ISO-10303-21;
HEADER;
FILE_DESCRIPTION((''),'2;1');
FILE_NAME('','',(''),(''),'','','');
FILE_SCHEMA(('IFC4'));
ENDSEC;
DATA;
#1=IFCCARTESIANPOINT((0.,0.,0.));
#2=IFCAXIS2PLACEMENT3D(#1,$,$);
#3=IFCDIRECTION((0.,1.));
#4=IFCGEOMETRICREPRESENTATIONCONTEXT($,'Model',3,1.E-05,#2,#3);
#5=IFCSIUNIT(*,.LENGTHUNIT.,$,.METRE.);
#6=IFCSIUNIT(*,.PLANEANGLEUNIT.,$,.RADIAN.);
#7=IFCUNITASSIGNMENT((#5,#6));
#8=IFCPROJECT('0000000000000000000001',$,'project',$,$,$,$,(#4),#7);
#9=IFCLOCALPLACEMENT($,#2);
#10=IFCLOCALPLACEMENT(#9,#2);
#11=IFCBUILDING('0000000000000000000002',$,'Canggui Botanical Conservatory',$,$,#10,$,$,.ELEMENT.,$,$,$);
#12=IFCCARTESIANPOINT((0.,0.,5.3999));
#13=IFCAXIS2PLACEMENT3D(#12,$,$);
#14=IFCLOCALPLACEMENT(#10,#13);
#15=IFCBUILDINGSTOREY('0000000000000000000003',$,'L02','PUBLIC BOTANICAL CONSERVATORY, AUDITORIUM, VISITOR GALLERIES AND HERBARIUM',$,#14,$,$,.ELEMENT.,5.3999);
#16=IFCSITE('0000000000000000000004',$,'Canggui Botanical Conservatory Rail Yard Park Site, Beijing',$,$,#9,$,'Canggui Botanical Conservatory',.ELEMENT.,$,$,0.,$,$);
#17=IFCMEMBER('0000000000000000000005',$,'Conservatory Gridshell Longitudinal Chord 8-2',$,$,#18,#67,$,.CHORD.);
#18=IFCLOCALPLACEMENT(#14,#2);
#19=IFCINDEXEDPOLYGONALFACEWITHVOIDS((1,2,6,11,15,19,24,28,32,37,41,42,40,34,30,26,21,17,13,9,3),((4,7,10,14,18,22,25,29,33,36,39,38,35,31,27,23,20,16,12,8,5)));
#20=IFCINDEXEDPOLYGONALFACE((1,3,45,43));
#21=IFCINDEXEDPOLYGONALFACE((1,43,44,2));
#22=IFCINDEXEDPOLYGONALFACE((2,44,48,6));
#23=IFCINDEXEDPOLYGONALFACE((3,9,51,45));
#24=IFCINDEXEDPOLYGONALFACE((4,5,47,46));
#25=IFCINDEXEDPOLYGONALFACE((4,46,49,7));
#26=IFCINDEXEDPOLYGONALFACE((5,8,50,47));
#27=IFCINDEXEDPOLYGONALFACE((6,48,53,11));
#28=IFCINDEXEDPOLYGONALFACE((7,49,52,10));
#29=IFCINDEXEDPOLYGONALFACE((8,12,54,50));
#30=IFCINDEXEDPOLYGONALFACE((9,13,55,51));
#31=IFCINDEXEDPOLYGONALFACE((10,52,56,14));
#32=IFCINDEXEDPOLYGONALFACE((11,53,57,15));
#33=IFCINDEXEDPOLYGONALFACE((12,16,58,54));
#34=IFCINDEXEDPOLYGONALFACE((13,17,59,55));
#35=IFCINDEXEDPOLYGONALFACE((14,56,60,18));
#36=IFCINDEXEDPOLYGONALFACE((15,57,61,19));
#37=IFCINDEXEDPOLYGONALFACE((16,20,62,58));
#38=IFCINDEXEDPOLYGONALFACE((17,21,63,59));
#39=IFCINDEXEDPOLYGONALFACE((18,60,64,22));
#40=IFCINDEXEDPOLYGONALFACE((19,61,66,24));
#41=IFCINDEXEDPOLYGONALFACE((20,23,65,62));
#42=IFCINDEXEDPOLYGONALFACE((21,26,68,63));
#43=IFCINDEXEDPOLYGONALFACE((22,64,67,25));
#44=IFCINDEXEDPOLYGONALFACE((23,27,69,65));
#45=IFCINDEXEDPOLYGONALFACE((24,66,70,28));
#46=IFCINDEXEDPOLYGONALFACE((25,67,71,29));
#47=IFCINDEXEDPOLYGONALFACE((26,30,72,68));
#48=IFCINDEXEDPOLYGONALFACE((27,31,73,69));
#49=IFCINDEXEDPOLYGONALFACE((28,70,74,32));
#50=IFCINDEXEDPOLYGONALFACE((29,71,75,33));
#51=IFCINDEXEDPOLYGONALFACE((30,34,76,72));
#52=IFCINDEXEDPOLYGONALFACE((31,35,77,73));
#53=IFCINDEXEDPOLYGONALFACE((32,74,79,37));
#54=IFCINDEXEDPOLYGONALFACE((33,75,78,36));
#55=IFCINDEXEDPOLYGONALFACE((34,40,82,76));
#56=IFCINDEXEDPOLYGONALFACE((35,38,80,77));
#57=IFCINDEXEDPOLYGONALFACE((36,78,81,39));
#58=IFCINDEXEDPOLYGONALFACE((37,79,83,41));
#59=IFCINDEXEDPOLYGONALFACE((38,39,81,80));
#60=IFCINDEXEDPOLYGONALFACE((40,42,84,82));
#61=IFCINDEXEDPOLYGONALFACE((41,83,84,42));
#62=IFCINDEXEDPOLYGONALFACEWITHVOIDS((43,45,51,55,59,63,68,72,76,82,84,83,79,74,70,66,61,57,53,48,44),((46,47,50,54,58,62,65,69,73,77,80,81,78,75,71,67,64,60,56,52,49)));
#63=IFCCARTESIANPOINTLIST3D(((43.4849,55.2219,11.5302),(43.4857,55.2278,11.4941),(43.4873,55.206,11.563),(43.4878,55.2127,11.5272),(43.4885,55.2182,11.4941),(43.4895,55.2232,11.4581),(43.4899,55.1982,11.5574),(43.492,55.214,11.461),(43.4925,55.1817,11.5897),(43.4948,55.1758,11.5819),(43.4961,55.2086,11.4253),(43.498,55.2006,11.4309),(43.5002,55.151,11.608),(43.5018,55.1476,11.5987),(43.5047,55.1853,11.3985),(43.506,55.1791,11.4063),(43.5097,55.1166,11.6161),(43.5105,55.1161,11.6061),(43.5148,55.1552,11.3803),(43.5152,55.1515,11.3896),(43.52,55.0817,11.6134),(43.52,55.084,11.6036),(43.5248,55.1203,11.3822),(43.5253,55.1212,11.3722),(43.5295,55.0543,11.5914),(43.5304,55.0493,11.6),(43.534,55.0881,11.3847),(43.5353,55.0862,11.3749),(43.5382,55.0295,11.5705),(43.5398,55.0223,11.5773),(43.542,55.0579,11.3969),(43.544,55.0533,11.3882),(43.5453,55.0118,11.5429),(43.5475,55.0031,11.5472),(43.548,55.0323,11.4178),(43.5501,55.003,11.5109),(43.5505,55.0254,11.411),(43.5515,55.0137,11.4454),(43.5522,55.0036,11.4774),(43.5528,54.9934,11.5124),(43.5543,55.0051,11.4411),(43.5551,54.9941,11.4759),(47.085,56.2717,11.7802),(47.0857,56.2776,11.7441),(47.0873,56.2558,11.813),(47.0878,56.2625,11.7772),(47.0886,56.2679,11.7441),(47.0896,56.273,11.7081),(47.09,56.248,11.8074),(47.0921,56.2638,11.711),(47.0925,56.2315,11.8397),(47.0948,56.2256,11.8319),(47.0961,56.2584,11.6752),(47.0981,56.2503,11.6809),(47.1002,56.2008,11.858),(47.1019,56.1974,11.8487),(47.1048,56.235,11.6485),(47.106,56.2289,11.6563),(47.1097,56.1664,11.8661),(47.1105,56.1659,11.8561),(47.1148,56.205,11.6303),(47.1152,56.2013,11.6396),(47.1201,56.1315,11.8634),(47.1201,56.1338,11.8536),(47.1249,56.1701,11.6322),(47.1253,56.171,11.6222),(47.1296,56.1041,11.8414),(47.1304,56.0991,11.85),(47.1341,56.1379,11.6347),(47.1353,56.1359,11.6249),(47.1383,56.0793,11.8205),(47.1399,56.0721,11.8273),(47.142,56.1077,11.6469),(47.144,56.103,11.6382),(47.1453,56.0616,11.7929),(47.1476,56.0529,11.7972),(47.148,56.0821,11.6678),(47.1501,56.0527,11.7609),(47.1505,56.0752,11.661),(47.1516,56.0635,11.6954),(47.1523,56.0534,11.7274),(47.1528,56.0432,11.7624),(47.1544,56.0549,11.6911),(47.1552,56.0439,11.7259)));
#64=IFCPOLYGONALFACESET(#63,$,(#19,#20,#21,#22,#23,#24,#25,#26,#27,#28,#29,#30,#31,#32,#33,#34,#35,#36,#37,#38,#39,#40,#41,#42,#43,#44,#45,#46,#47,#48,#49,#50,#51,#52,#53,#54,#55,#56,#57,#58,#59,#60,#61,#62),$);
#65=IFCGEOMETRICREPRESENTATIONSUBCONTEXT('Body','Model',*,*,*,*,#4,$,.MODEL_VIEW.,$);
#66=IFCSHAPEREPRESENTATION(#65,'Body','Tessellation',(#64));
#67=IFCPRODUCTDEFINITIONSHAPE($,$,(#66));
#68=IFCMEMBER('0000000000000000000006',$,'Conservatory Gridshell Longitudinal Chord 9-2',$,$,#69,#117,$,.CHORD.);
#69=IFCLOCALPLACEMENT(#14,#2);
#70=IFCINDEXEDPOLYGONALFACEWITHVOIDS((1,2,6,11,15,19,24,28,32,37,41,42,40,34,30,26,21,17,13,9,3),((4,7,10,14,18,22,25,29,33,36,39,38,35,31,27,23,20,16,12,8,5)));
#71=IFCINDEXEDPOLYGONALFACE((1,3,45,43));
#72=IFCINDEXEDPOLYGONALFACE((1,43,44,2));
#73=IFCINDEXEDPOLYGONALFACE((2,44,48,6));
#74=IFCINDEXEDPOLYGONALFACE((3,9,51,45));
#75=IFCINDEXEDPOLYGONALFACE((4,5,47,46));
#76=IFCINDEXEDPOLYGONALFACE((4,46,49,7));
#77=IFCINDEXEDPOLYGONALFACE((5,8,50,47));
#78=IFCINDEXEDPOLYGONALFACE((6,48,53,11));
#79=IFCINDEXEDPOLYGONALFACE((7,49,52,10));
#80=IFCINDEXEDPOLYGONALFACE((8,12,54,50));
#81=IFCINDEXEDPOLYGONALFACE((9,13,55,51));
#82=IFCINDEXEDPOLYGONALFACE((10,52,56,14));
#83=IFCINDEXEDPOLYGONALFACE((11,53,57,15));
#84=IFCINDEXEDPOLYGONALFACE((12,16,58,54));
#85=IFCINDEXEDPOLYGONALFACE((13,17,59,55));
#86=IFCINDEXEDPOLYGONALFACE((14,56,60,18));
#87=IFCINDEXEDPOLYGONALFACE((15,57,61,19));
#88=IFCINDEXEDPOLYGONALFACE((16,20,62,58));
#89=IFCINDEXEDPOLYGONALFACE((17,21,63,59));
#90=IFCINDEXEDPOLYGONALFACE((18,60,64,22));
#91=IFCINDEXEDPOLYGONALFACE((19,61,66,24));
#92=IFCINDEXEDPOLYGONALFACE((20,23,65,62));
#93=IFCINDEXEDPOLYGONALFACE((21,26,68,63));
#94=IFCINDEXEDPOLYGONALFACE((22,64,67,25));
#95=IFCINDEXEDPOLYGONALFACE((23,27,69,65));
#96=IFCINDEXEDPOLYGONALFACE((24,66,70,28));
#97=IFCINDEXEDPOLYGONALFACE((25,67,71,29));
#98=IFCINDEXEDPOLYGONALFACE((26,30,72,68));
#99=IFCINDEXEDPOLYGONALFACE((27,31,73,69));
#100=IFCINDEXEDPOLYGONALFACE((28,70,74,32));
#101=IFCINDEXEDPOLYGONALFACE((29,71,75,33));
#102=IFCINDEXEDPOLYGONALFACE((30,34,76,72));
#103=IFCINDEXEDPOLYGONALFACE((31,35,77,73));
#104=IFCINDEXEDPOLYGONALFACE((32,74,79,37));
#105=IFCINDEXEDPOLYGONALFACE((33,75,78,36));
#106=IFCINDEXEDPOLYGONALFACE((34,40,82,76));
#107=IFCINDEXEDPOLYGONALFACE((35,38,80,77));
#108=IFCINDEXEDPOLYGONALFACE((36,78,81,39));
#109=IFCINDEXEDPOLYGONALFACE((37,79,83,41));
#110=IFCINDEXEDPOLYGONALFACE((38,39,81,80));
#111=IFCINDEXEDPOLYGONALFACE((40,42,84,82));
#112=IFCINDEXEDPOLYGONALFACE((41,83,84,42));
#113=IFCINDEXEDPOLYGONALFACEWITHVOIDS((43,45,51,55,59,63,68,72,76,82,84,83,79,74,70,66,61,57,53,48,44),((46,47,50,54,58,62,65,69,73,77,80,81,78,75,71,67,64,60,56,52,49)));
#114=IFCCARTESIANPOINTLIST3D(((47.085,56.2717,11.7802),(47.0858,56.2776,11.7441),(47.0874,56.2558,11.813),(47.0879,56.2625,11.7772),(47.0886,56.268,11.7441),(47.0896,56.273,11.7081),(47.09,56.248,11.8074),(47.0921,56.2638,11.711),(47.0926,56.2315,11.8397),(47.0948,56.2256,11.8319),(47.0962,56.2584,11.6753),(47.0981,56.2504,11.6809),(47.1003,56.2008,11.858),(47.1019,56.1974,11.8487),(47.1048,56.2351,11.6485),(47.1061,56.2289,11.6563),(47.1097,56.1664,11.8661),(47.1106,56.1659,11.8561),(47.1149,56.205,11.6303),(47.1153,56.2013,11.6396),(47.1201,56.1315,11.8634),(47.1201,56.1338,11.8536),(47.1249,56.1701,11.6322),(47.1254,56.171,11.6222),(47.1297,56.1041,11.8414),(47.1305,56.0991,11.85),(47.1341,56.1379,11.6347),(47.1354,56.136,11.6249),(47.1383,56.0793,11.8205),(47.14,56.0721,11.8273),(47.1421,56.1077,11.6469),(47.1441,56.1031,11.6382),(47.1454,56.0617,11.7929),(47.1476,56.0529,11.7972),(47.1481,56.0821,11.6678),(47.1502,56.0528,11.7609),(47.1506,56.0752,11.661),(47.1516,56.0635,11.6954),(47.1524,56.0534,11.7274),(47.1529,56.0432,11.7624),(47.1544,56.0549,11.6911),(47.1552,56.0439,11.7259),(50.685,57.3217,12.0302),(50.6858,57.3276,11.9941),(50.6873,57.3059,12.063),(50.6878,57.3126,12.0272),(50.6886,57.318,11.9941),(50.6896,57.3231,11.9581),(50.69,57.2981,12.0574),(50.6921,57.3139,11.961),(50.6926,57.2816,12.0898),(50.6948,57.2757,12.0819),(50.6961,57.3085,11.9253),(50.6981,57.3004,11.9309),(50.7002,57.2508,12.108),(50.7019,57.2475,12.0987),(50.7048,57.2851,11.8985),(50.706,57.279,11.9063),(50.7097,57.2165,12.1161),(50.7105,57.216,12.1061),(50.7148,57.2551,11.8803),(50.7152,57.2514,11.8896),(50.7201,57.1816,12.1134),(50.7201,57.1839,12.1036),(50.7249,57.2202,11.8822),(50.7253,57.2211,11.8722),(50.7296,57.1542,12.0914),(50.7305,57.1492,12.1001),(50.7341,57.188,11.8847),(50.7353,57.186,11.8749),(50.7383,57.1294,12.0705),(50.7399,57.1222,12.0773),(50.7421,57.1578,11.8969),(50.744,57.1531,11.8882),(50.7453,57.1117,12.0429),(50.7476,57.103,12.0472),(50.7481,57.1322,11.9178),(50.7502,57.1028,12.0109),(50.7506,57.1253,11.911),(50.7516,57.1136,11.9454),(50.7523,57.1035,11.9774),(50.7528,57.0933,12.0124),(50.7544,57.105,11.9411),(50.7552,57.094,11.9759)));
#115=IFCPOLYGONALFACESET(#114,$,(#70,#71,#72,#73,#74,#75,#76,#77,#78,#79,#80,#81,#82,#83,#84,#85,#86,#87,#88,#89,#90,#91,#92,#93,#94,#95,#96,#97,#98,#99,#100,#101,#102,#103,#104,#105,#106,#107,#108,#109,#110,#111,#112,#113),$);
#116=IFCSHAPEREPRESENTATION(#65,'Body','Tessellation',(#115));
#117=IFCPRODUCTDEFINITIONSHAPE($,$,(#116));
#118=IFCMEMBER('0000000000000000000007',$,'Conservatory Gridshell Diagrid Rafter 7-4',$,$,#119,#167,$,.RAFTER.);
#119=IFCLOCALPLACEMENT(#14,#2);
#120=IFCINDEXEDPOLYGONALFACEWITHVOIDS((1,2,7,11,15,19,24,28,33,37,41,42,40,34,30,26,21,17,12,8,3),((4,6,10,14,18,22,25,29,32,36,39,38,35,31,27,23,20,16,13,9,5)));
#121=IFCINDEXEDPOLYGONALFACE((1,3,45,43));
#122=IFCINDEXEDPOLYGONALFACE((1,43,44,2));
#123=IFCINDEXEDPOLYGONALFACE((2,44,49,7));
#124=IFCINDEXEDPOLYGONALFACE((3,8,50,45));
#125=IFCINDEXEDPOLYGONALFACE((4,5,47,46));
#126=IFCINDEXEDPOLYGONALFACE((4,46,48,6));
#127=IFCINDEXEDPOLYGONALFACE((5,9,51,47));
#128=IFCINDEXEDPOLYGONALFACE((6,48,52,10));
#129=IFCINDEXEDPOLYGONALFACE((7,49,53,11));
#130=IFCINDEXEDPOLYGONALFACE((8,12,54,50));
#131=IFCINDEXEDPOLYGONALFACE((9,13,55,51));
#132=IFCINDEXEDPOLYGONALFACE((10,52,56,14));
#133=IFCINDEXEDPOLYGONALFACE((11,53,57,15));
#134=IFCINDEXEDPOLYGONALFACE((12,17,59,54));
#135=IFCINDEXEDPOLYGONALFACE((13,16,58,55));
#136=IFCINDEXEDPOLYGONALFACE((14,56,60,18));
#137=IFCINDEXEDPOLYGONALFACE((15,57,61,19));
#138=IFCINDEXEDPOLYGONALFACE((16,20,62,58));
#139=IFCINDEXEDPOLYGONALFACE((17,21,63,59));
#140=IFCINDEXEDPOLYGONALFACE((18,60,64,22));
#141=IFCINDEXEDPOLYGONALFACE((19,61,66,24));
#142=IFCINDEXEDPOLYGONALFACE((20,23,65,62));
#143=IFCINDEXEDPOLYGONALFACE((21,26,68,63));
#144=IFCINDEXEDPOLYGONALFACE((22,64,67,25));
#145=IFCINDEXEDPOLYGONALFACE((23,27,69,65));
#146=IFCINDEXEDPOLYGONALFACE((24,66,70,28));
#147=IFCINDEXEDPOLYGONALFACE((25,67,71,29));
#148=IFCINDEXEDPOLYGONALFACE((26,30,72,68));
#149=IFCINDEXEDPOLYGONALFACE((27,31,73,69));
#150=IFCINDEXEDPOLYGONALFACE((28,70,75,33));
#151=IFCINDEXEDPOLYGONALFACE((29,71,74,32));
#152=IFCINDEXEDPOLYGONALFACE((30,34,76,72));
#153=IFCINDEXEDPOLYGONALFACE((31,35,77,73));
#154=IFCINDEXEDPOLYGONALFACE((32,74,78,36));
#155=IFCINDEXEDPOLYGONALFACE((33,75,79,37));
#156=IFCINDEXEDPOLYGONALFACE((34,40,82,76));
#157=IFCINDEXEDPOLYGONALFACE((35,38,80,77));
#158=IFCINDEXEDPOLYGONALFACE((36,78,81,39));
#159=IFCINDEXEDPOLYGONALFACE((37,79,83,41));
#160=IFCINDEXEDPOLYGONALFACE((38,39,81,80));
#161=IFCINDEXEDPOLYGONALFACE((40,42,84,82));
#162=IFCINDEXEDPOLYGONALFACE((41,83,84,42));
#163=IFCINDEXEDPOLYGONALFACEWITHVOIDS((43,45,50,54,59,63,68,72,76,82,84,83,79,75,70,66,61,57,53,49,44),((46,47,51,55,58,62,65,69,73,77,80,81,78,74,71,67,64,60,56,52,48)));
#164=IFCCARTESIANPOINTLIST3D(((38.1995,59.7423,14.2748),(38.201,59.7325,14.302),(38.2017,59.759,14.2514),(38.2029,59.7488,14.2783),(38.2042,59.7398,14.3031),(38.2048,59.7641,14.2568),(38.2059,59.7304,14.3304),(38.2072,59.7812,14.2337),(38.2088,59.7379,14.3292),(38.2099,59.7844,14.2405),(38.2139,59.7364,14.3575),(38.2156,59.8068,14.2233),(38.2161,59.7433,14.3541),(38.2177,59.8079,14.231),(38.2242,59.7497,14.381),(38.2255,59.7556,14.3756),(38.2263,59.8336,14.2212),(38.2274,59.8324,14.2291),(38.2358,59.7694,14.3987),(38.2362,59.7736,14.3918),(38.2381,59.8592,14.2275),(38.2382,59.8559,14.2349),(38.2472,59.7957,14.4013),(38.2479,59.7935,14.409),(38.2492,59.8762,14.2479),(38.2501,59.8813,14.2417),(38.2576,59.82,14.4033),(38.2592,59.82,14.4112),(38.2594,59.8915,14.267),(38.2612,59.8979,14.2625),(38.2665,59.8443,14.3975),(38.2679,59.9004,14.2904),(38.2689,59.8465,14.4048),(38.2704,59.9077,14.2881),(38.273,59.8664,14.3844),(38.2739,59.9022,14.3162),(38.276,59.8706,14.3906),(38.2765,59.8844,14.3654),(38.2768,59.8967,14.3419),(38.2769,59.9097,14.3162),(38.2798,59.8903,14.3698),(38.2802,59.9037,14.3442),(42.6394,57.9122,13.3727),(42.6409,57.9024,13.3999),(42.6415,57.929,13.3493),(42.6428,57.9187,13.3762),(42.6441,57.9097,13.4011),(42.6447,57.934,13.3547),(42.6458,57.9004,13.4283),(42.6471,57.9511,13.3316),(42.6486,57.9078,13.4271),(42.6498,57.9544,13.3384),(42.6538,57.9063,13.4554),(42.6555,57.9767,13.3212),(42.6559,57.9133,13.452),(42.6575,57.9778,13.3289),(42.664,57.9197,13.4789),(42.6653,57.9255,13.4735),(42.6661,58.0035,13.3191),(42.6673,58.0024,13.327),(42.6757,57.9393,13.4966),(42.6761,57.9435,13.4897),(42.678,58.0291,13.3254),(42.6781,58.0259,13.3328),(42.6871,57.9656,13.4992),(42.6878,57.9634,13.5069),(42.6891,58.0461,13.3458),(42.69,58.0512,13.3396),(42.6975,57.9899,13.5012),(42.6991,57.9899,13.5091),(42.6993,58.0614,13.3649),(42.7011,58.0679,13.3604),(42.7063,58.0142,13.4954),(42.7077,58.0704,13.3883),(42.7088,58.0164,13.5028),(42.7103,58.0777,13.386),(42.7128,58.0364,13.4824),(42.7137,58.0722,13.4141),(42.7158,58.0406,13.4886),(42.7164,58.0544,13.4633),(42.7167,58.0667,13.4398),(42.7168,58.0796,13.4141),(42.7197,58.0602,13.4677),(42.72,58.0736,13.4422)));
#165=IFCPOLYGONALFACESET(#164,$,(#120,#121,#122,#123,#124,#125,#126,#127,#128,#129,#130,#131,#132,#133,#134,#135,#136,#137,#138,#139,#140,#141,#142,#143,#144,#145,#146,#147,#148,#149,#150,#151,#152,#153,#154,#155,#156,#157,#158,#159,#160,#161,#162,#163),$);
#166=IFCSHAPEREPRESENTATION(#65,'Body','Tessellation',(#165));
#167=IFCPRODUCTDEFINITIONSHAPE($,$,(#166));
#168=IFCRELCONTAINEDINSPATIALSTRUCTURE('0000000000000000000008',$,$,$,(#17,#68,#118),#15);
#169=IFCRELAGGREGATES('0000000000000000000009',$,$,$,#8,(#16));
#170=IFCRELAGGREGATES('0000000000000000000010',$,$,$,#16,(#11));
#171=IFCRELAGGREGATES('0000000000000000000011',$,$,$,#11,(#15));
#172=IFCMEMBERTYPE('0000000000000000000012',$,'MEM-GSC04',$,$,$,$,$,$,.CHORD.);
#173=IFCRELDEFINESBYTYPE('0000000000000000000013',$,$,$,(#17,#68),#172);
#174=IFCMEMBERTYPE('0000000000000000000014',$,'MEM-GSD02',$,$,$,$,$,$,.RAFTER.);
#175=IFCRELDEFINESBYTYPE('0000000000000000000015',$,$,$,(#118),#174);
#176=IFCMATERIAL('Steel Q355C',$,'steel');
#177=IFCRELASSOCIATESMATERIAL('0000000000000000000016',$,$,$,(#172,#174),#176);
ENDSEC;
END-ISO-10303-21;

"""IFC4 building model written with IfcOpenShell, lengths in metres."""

from ifc_helpers import new_model, si_unit, direction, frame, origin, origin_2d, place, context, subcontext, project, spatial, hollow_circle, extrude, material, material_profile, profile_set, type_object, element, save


model = new_model("IFC4")

# Units and contexts
model_context = context("Model", 3, precision=1e-05, world=origin(), true_north=direction((0.0, 1.0)))
body_context = subcontext(model_context, "Body", "Model", "MODEL_VIEW")
ifc_project = project(units=[si_unit("LENGTHUNIT", "METRE"), si_unit("PLANEANGLEUNIT", "RADIAN")], contexts=[model_context])

# Site, building, storey
site_placement = place(None, origin())
site = spatial("IfcSite", under=ifc_project, at=site_placement, Name="Canggui Botanical Conservatory Rail Yard Park Site, Beijing", LongName="Canggui Botanical Conservatory", CompositionType="ELEMENT", RefElevation=0.0)
building_placement = place(site_placement, origin())
building = spatial("IfcBuilding", under=site, at=building_placement, Name="Canggui Botanical Conservatory", CompositionType="ELEMENT")
storey_placement = place(building_placement, frame((0.0, 0.0, 5.3999)))
storey = spatial("IfcBuildingStorey", under=building, at=storey_placement, Name="L02", Description="PUBLIC BOTANICAL CONSERVATORY, AUDITORIUM, VISITOR GALLERIES AND HERBARIUM", CompositionType="ELEMENT", Elevation=5.3999)

# Shared definitions
ifc_material_1 = material(Name="Steel Q355C", Category="steel")

# Members
ifc_material_profile_1 = material_profile(ifc_material_1, hollow_circle(Radius=0.1226, WallThickness=0.01, at=origin_2d()), Name="CHS 245x10")
ifc_profile_set_1 = profile_set([ifc_material_profile_1], Name="Steel Q355C")
member_type_1 = type_object("IfcMemberType", Name="MEM-GSC04", PredefinedType="CHORD", material=ifc_profile_set_1)
for number, where, z_axis, x_axis, name in (
    (1, (43.52, 55.1101, 11.4941), (0.95789, 0.279325, 0.066518), (-0.279945, 0.960016, 0.0), "Conservatory Gridshell Longitudinal Chord 8-2"),
    (2, (47.1201, 56.1599, 11.7441), (0.957867, 0.279402, 0.066521), (-0.280023, 0.959993, 0.0), "Conservatory Gridshell Longitudinal Chord 9-2"),
):
    element("IfcMember", number, at=place(storey_placement, frame(where, z_axis=z_axis, x_axis=x_axis)), inside=storey, type_object=member_type_1, Name=name, PredefinedType="CHORD", context=body_context, shape_type="SweptSolid", body=[
        extrude(hollow_circle(Radius=0.1226, WallThickness=0.01, at=origin_2d()), origin(), (0.0, 0.0, 1.0), 3.7583),
    ])
ifc_material_profile_2 = material_profile(ifc_material_1, hollow_circle(Radius=0.0969, WallThickness=0.0081, at=origin_2d()), Name="CHS 194x8")
ifc_profile_set_2 = profile_set([ifc_material_profile_2], Name="Steel Q355C")
member_type_2 = type_object("IfcMemberType", Name="MEM-GSD02", PredefinedType="RAFTER", material=ifc_profile_set_2)
member_1_placement = place(storey_placement, frame((38.24, 59.8201, 14.3162), z_axis=(0.908649, -0.374532, -0.184618), x_axis=(0.381082, 0.924541, 0.0)))
element("IfcMember", 3, at=member_1_placement, inside=storey, type_object=member_type_2, Name="Conservatory Gridshell Diagrid Rafter 7-4", PredefinedType="RAFTER", context=body_context, shape_type="SweptSolid", body=[
    extrude(hollow_circle(Radius=0.0969, WallThickness=0.0081, at=origin_2d()), origin(), (0.0, 0.0, 1.0), 4.8862),
])

save(model, "model.ifc")
